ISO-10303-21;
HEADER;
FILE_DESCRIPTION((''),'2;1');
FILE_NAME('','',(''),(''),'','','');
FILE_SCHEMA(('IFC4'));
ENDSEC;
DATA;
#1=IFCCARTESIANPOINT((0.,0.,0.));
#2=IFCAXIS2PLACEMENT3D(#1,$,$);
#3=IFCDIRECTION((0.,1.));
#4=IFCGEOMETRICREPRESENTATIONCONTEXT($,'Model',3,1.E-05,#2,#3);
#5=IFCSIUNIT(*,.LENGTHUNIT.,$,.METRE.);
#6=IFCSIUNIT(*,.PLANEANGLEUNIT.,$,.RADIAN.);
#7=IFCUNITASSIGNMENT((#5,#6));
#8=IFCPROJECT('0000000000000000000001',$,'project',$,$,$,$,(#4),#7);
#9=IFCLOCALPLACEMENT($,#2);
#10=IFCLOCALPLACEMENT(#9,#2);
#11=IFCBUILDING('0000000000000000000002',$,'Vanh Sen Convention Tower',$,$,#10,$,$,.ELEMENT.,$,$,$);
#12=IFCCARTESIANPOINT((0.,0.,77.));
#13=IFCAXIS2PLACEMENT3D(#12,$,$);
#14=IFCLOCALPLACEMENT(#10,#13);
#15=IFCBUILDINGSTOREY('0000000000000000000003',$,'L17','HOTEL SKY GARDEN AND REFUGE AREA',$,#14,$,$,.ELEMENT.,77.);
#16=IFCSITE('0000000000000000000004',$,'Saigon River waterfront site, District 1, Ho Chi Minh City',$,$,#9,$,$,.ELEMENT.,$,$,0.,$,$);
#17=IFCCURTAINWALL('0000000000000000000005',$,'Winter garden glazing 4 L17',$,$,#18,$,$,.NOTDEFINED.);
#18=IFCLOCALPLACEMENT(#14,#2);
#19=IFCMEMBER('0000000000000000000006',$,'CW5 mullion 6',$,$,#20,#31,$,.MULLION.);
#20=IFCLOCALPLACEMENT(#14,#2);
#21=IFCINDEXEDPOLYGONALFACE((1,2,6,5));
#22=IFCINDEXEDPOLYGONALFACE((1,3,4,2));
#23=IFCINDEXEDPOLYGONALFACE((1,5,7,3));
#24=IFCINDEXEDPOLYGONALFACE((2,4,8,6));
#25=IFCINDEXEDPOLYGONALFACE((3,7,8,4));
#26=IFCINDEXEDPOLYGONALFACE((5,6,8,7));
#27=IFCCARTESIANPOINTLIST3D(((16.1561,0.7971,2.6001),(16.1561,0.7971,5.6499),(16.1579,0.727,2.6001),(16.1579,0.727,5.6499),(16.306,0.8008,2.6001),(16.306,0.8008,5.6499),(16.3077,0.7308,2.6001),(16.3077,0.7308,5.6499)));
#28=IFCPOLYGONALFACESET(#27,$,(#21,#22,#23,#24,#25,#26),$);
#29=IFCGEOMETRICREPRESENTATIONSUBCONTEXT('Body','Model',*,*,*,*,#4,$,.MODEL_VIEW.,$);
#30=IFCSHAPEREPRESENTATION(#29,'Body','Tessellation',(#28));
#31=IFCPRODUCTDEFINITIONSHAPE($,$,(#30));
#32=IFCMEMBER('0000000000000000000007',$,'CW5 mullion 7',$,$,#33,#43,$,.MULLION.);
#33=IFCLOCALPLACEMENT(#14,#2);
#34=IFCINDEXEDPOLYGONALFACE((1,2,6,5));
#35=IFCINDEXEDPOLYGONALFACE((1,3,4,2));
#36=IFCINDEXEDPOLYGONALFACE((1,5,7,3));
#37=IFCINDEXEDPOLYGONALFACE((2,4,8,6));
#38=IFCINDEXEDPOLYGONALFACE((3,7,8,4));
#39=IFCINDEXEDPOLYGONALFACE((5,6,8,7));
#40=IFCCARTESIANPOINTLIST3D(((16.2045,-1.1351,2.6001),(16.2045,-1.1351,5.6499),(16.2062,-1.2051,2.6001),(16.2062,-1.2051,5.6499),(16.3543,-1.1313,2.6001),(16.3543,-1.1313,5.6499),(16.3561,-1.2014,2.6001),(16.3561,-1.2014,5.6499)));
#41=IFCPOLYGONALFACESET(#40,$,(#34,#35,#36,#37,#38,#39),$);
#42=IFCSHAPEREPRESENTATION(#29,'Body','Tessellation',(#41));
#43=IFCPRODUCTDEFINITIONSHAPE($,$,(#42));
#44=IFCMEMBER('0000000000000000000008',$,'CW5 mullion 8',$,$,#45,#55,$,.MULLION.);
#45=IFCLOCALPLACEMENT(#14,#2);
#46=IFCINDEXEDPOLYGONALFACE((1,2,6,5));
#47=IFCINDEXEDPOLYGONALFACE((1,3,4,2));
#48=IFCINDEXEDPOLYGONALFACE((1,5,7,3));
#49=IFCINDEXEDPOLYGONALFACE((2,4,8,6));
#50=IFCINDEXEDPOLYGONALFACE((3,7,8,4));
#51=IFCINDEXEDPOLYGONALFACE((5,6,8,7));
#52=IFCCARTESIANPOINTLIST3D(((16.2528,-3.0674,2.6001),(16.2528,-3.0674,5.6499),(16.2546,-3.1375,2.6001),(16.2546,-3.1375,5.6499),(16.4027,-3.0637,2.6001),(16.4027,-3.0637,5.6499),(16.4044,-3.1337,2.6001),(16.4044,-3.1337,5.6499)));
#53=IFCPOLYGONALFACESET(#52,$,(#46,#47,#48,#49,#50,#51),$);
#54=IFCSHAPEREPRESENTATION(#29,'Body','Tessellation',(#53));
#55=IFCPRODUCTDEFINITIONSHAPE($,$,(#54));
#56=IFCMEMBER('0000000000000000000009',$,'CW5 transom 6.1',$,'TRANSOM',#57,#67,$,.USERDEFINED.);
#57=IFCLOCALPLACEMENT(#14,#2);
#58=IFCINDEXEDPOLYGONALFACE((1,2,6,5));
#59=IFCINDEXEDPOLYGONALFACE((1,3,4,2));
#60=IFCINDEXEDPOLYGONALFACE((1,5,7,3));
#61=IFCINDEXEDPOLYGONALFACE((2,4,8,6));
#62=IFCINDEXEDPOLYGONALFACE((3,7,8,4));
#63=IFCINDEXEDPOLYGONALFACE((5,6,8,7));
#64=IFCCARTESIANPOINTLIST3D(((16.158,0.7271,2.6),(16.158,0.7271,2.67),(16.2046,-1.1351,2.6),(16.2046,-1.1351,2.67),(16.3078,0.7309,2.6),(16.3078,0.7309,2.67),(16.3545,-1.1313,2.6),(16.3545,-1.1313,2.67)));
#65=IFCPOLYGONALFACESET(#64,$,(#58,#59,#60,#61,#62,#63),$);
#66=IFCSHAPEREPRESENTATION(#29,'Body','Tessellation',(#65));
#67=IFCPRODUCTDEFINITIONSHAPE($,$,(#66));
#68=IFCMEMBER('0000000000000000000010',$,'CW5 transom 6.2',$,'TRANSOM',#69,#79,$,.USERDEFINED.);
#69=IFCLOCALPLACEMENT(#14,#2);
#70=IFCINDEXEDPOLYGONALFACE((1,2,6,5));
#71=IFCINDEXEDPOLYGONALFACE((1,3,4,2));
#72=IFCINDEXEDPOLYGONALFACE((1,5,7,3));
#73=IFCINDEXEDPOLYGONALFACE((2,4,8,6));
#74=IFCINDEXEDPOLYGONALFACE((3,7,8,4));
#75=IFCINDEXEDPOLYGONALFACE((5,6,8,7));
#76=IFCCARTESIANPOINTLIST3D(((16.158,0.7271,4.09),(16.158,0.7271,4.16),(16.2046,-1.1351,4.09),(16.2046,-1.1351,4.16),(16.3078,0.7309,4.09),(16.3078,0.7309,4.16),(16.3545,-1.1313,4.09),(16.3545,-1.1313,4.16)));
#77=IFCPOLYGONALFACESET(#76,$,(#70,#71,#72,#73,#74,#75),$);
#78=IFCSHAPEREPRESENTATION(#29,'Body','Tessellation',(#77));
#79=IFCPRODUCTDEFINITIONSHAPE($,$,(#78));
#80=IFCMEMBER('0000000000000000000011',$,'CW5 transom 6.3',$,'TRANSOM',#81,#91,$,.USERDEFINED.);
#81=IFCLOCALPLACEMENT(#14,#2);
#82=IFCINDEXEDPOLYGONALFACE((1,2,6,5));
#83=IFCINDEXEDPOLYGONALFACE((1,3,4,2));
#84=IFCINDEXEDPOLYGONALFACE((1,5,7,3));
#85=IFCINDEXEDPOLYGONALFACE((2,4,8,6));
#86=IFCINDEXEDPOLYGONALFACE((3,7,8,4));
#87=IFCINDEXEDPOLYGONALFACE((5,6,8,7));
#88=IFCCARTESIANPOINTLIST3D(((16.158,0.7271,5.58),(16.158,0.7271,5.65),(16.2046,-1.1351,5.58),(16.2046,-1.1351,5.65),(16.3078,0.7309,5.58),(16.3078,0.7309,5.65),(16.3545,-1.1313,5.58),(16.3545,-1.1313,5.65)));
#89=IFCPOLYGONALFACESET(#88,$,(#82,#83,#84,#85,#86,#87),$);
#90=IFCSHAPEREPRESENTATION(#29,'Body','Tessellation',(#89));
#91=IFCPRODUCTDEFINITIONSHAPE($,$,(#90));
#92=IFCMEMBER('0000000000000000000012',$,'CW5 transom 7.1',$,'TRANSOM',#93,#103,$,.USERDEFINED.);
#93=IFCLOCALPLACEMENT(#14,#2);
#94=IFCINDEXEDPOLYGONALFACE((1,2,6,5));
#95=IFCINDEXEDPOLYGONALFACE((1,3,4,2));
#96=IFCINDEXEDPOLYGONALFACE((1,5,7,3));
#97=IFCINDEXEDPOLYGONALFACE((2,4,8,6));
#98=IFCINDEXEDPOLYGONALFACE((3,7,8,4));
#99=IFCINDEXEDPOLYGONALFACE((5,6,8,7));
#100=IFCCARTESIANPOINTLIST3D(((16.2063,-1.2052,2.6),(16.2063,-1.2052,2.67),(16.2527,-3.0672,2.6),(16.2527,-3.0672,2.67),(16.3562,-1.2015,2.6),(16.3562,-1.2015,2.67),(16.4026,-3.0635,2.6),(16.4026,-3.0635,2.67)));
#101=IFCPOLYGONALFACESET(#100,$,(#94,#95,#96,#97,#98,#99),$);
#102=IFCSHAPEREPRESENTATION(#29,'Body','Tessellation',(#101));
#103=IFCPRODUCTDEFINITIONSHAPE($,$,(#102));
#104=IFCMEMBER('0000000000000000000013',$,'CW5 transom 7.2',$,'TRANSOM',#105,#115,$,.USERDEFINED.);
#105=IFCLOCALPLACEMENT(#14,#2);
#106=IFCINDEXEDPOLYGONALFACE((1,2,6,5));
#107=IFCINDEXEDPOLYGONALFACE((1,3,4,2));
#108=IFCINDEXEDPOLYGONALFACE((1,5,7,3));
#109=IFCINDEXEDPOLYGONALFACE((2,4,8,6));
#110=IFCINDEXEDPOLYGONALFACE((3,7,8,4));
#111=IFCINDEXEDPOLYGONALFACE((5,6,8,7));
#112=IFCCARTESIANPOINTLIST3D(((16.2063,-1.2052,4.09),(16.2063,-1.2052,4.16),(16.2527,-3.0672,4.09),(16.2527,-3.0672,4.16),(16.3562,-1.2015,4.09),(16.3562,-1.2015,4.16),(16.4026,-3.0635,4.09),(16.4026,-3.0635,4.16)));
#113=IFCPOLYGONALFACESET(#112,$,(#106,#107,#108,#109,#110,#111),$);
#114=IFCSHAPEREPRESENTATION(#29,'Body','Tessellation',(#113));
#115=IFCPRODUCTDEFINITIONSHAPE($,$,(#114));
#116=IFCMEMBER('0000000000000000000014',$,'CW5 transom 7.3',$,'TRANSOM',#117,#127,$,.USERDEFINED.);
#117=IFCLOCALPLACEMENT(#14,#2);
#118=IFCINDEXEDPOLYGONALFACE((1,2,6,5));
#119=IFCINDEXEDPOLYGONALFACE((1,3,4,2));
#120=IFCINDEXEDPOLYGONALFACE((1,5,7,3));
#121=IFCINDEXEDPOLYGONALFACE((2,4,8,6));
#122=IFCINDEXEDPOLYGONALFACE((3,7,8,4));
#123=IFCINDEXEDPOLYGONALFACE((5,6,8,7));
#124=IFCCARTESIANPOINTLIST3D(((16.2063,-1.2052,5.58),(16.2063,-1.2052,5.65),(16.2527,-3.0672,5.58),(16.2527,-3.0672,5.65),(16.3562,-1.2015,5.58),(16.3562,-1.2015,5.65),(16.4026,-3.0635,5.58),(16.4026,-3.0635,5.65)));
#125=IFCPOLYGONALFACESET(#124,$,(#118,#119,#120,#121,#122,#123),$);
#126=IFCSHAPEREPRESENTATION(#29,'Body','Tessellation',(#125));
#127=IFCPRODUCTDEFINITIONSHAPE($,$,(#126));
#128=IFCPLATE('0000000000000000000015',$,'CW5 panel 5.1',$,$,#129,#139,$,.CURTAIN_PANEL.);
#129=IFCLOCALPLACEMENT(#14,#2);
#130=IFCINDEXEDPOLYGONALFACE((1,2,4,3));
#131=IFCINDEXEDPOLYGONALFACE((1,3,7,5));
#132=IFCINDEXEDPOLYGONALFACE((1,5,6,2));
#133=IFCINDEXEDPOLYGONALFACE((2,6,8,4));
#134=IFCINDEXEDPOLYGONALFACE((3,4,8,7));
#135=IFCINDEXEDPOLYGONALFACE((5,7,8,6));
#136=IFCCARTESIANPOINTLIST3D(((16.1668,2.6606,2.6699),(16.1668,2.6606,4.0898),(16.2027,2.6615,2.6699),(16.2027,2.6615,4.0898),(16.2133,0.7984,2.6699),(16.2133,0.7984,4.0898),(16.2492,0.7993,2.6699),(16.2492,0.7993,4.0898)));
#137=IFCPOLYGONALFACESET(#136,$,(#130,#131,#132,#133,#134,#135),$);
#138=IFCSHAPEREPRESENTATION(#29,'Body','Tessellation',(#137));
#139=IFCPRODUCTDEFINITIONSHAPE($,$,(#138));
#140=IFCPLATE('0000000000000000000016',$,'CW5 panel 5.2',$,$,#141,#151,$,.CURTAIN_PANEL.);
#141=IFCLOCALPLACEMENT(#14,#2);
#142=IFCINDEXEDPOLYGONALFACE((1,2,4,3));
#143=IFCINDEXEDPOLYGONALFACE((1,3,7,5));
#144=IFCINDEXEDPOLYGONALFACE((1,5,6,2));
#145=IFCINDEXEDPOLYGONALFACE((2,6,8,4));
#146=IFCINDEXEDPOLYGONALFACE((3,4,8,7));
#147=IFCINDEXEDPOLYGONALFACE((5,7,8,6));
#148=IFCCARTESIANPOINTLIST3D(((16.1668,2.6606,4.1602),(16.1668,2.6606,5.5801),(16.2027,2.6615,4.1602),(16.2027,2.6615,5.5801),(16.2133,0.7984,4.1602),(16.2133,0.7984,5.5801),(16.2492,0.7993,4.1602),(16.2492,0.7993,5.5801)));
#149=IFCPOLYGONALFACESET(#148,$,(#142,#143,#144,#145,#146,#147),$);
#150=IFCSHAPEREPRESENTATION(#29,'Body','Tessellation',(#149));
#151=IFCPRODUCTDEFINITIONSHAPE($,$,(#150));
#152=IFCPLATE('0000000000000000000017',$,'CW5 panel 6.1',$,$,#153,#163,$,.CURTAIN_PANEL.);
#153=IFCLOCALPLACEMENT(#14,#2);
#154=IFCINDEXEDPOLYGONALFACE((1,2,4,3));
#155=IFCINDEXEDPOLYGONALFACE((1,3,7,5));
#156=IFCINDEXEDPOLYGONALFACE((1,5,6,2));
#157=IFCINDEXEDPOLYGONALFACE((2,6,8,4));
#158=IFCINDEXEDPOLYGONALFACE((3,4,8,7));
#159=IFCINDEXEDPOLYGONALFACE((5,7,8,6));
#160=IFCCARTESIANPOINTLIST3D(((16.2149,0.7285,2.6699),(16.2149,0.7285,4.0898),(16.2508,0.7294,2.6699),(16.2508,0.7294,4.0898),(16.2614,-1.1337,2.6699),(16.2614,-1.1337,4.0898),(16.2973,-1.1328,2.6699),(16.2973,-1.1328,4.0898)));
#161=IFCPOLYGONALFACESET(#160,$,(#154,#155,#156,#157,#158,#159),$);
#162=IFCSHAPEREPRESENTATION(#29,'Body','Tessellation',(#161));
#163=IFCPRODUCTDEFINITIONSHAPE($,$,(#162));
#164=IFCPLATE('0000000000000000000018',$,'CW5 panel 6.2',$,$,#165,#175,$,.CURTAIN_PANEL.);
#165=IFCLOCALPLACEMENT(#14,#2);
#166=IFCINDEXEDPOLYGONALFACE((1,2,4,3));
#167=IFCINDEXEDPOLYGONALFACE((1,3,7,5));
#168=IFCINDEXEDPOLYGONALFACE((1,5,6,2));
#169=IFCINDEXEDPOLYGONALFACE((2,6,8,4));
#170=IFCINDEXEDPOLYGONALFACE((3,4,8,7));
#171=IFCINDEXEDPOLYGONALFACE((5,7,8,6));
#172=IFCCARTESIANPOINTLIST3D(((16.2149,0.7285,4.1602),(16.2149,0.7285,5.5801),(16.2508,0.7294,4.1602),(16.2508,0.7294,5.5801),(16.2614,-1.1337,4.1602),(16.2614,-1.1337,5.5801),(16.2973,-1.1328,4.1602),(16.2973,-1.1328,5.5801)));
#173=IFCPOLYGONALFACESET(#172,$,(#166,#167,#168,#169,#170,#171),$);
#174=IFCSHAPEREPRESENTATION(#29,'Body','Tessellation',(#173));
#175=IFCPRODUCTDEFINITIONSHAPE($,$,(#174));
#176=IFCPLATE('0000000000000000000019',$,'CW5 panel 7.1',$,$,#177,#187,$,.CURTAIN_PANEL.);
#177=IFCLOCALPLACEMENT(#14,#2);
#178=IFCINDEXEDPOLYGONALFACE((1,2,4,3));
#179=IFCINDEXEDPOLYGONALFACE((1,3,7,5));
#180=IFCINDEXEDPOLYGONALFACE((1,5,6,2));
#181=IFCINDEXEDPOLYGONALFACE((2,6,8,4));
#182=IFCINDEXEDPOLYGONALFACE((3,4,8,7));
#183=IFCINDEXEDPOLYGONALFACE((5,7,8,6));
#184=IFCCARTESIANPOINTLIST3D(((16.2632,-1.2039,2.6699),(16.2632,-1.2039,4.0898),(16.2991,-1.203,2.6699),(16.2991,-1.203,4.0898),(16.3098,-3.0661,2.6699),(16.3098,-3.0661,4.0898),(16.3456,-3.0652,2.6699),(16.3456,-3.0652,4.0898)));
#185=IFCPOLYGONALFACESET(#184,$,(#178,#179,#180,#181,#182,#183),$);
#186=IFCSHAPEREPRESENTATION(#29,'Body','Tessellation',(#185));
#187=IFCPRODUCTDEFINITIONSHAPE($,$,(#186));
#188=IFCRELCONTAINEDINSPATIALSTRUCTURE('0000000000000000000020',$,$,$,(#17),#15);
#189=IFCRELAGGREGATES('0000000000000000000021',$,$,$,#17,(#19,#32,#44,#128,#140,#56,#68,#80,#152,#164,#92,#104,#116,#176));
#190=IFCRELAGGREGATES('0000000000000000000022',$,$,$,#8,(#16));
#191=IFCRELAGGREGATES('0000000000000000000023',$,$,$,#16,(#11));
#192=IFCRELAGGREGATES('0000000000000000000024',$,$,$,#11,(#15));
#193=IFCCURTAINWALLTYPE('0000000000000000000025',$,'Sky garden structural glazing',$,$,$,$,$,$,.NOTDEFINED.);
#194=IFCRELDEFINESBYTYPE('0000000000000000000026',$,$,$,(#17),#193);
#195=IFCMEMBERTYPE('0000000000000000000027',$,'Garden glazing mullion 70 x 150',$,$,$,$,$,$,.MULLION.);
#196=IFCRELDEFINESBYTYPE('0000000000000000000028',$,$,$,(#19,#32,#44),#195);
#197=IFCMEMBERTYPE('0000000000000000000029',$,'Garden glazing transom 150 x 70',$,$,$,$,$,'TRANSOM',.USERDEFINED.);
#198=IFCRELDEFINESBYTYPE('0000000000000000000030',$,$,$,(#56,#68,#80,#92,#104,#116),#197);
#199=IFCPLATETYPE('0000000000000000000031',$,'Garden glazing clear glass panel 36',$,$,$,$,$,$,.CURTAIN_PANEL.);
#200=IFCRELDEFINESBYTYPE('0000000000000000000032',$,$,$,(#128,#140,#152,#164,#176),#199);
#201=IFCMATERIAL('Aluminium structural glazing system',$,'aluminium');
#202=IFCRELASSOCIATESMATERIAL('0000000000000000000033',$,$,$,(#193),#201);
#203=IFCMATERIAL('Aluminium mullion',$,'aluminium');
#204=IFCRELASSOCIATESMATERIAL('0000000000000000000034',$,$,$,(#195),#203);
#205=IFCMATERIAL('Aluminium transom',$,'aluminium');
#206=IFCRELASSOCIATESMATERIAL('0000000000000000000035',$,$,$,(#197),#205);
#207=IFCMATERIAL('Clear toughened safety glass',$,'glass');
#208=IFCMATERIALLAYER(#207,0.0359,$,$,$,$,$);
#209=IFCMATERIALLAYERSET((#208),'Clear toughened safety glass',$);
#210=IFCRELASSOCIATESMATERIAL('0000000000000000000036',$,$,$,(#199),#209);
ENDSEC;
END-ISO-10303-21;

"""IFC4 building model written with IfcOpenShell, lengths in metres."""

from ifc_helpers import new_model, si_unit, direction, frame, origin, origin_2d, place, context, subcontext, project, spatial, rectangle, extrude, material, layer, layer_set, material_profile, profile_set, type_object, element, aggregate, save


model = new_model("IFC4")

# Units and contexts
model_context = context("Model", 3, precision=1e-05, world=origin(), true_north=direction((0.0, 1.0)))
body_context = subcontext(model_context, "Body", "Model", "MODEL_VIEW")
ifc_project = project(units=[si_unit("LENGTHUNIT", "METRE"), si_unit("PLANEANGLEUNIT", "RADIAN")], contexts=[model_context])

# Site, building, storey
site_placement = place(None, origin())
site = spatial("IfcSite", under=ifc_project, at=site_placement, Name="Saigon River waterfront site, District 1, Ho Chi Minh City", CompositionType="ELEMENT", RefElevation=0.0)
building_placement = place(site_placement, origin())
building = spatial("IfcBuilding", under=site, at=building_placement, Name="Vanh Sen Convention Tower", CompositionType="ELEMENT")
storey_placement = place(building_placement, frame((0.0, 0.0, 77.0)))
storey = spatial("IfcBuildingStorey", under=building, at=storey_placement, Name="L17", Description="HOTEL SKY GARDEN AND REFUGE AREA", CompositionType="ELEMENT", Elevation=77.0)

# Curtain wall, members, plates
ifc_material_1 = material(Name="Aluminium structural glazing system", Category="aluminium")
curtain_wall_type = type_object("IfcCurtainWallType", Name="Sky garden structural glazing", PredefinedType="NOTDEFINED", material=ifc_material_1)
curtain_wall_placement = place(storey_placement, origin())
curtain_wall = element("IfcCurtainWall", 1, at=curtain_wall_placement, inside=storey, type_object=curtain_wall_type, Name="Winter garden glazing 4 L17", PredefinedType="NOTDEFINED")
ifc_material_2 = material(Name="Aluminium mullion", Category="aluminium")
ifc_material_profile_1 = material_profile(ifc_material_2, rectangle(XDim=0.1499, YDim=0.0701, at=origin_2d()), Name="Garden glazing mullion 70 x 150")
ifc_profile_set_1 = profile_set([ifc_material_profile_1], Name="Aluminium mullion")
member_type_1 = type_object("IfcMemberType", Name="Garden glazing mullion 70 x 150", PredefinedType="MULLION", material=ifc_profile_set_1)
member_1_placement = place(storey_placement, frame((16.2319, 0.7639, 2.6001), z_axis=(0.0, 0.0, 1.0), x_axis=(0.999688, 0.024972, 0.0)))
member_1 = element("IfcMember", 2, at=member_1_placement, type_object=member_type_1, Name="CW5 mullion 6", PredefinedType="MULLION", context=body_context, shape_type="SweptSolid", body=[
    extrude(rectangle(XDim=0.1499, YDim=0.0701, at=origin_2d()), origin(), (0.0, 0.0, 1.0), 3.0498),
])
member_2_placement = place(storey_placement, frame((16.2803, -1.1682, 2.6001), z_axis=(0.0, 0.0, 1.0), x_axis=(0.999688, 0.024972, 0.0)))
member_2 = element("IfcMember", 3, at=member_2_placement, type_object=member_type_1, Name="CW5 mullion 7", PredefinedType="MULLION", context=body_context, shape_type="SweptSolid", body=[
    extrude(rectangle(XDim=0.1499, YDim=0.0701, at=origin_2d()), origin(), (0.0, 0.0, 1.0), 3.0498),
])
member_3_placement = place(storey_placement, frame((16.3286, -3.1006, 2.6001), z_axis=(0.0, 0.0, 1.0), x_axis=(0.999688, 0.024972, 0.0)))
member_3 = element("IfcMember", 4, at=member_3_placement, type_object=member_type_1, Name="CW5 mullion 8", PredefinedType="MULLION", context=body_context, shape_type="SweptSolid", body=[
    extrude(rectangle(XDim=0.1499, YDim=0.0701, at=origin_2d()), origin(), (0.0, 0.0, 1.0), 3.0498),
])
ifc_material_3 = material(Name="Aluminium transom", Category="aluminium")
ifc_material_profile_2 = material_profile(ifc_material_3, rectangle(XDim=0.1499, YDim=0.0701, at=origin_2d()), Name="Garden glazing transom 150 x 70")
ifc_profile_set_2 = profile_set([ifc_material_profile_2], Name="Aluminium transom")
member_type_2 = type_object("IfcMemberType", Name="Garden glazing transom 150 x 70", ElementType="TRANSOM", PredefinedType="USERDEFINED", material=ifc_profile_set_2)
member_4_placement = place(storey_placement, frame((16.2329, 0.729, 2.635), z_axis=(0.025031, -0.999687, 0.0), x_axis=(0.999687, 0.025031, 0.0)))
member_4 = element("IfcMember", 5, at=member_4_placement, type_object=member_type_2, Name="CW5 transom 6.1", ObjectType="TRANSOM", PredefinedType="USERDEFINED", context=body_context, shape_type="SweptSolid", body=[
    extrude(rectangle(XDim=0.1499, YDim=0.0701, at=origin_2d()), origin(), (0.0, 0.0, 1.0), 1.8628),
])
member_5_placement = place(storey_placement, frame((16.2329, 0.729, 4.125), z_axis=(0.025031, -0.999687, 0.0), x_axis=(0.999687, 0.025031, 0.0)))
member_5 = element("IfcMember", 6, at=member_5_placement, type_object=member_type_2, Name="CW5 transom 6.2", ObjectType="TRANSOM", PredefinedType="USERDEFINED", context=body_context, shape_type="SweptSolid", body=[
    extrude(rectangle(XDim=0.1499, YDim=0.0701, at=origin_2d()), origin(), (0.0, 0.0, 1.0), 1.8628),
])
member_6_placement = place(storey_placement, frame((16.2329, 0.729, 5.615), z_axis=(0.025031, -0.999687, 0.0), x_axis=(0.999687, 0.025031, 0.0)))
member_6 = element("IfcMember", 7, at=member_6_placement, type_object=member_type_2, Name="CW5 transom 6.3", ObjectType="TRANSOM", PredefinedType="USERDEFINED", context=body_context, shape_type="SweptSolid", body=[
    extrude(rectangle(XDim=0.1499, YDim=0.0701, at=origin_2d()), origin(), (0.0, 0.0, 1.0), 1.8628),
])
member_7_placement = place(storey_placement, frame((16.2812, -1.2034, 2.635), z_axis=(0.024904, -0.99969, 0.0), x_axis=(0.99969, 0.024904, 0.0)))
member_7 = element("IfcMember", 8, at=member_7_placement, type_object=member_type_2, Name="CW5 transom 7.1", ObjectType="TRANSOM", PredefinedType="USERDEFINED", context=body_context, shape_type="SweptSolid", body=[
    extrude(rectangle(XDim=0.1499, YDim=0.0701, at=origin_2d()), origin(), (0.0, 0.0, 1.0), 1.8625),
])
member_8_placement = place(storey_placement, frame((16.2812, -1.2034, 4.125), z_axis=(0.024904, -0.99969, 0.0), x_axis=(0.99969, 0.024904, 0.0)))
member_8 = element("IfcMember", 9, at=member_8_placement, type_object=member_type_2, Name="CW5 transom 7.2", ObjectType="TRANSOM", PredefinedType="USERDEFINED", context=body_context, shape_type="SweptSolid", body=[
    extrude(rectangle(XDim=0.1499, YDim=0.0701, at=origin_2d()), origin(), (0.0, 0.0, 1.0), 1.8625),
])
member_9_placement = place(storey_placement, frame((16.2812, -1.2034, 5.615), z_axis=(0.024904, -0.99969, 0.0), x_axis=(0.99969, 0.024904, 0.0)))
member_9 = element("IfcMember", 10, at=member_9_placement, type_object=member_type_2, Name="CW5 transom 7.3", ObjectType="TRANSOM", PredefinedType="USERDEFINED", context=body_context, shape_type="SweptSolid", body=[
    extrude(rectangle(XDim=0.1499, YDim=0.0701, at=origin_2d()), origin(), (0.0, 0.0, 1.0), 1.8625),
])
ifc_material_4 = material(Name="Clear toughened safety glass", Category="glass")
ifc_layer_1 = layer(ifc_material_4, 0.0359)
ifc_layer_set_1 = layer_set([ifc_layer_1], Name="Clear toughened safety glass")
plate_type = type_object("IfcPlateType", Name="Garden glazing clear glass panel 36", PredefinedType="CURTAIN_PANEL", material=ifc_layer_set_1)
plate_1_placement = place(storey_placement, frame((16.208, 1.73, 2.6699), z_axis=(0.0, 0.0, 1.0), x_axis=(0.024972, -0.999688, 0.0)))
plate_1 = element("IfcPlate", 11, at=plate_1_placement, type_object=plate_type, Name="CW5 panel 5.1", PredefinedType="CURTAIN_PANEL", context=body_context, shape_type="SweptSolid", body=[
    extrude(rectangle(XDim=1.8628, YDim=0.0359, at=origin_2d()), origin(), (0.0, 0.0, 1.0), 1.4199),
])
plate_2_placement = place(storey_placement, frame((16.208, 1.73, 4.1602), z_axis=(0.0, 0.0, 1.0), x_axis=(0.024972, -0.999688, 0.0)))
plate_2 = element("IfcPlate", 12, at=plate_2_placement, type_object=plate_type, Name="CW5 panel 5.2", PredefinedType="CURTAIN_PANEL", context=body_context, shape_type="SweptSolid", body=[
    extrude(rectangle(XDim=1.8628, YDim=0.0359, at=origin_2d()), origin(), (0.0, 0.0, 1.0), 1.4199),
])
plate_3_placement = place(storey_placement, frame((16.2561, -0.2021, 2.6699), z_axis=(0.0, 0.0, 1.0), x_axis=(0.024972, -0.999688, 0.0)))
plate_3 = element("IfcPlate", 13, at=plate_3_placement, type_object=plate_type, Name="CW5 panel 6.1", PredefinedType="CURTAIN_PANEL", context=body_context, shape_type="SweptSolid", body=[
    extrude(rectangle(XDim=1.8628, YDim=0.0359, at=origin_2d()), origin(), (0.0, 0.0, 1.0), 1.4199),
])
plate_4_placement = place(storey_placement, frame((16.2561, -0.2021, 4.1602), z_axis=(0.0, 0.0, 1.0), x_axis=(0.024972, -0.999688, 0.0)))
plate_4 = element("IfcPlate", 14, at=plate_4_placement, type_object=plate_type, Name="CW5 panel 6.2", PredefinedType="CURTAIN_PANEL", context=body_context, shape_type="SweptSolid", body=[
    extrude(rectangle(XDim=1.8628, YDim=0.0359, at=origin_2d()), origin(), (0.0, 0.0, 1.0), 1.4199),
])
plate_5_placement = place(storey_placement, frame((16.3044, -2.1345, 2.6699), z_axis=(0.0, 0.0, 1.0), x_axis=(0.024972, -0.999688, 0.0)))
plate_5 = element("IfcPlate", 15, at=plate_5_placement, type_object=plate_type, Name="CW5 panel 7.1", PredefinedType="CURTAIN_PANEL", context=body_context, shape_type="SweptSolid", body=[
    extrude(rectangle(XDim=1.8628, YDim=0.0359, at=origin_2d()), origin(), (0.0, 0.0, 1.0), 1.4199),
])
aggregate(curtain_wall, [member_1, member_2, member_3, plate_1, plate_2, member_4, member_5, member_6, plate_3, plate_4, member_7, member_8, member_9, plate_5])

save(model, "model.ifc")
